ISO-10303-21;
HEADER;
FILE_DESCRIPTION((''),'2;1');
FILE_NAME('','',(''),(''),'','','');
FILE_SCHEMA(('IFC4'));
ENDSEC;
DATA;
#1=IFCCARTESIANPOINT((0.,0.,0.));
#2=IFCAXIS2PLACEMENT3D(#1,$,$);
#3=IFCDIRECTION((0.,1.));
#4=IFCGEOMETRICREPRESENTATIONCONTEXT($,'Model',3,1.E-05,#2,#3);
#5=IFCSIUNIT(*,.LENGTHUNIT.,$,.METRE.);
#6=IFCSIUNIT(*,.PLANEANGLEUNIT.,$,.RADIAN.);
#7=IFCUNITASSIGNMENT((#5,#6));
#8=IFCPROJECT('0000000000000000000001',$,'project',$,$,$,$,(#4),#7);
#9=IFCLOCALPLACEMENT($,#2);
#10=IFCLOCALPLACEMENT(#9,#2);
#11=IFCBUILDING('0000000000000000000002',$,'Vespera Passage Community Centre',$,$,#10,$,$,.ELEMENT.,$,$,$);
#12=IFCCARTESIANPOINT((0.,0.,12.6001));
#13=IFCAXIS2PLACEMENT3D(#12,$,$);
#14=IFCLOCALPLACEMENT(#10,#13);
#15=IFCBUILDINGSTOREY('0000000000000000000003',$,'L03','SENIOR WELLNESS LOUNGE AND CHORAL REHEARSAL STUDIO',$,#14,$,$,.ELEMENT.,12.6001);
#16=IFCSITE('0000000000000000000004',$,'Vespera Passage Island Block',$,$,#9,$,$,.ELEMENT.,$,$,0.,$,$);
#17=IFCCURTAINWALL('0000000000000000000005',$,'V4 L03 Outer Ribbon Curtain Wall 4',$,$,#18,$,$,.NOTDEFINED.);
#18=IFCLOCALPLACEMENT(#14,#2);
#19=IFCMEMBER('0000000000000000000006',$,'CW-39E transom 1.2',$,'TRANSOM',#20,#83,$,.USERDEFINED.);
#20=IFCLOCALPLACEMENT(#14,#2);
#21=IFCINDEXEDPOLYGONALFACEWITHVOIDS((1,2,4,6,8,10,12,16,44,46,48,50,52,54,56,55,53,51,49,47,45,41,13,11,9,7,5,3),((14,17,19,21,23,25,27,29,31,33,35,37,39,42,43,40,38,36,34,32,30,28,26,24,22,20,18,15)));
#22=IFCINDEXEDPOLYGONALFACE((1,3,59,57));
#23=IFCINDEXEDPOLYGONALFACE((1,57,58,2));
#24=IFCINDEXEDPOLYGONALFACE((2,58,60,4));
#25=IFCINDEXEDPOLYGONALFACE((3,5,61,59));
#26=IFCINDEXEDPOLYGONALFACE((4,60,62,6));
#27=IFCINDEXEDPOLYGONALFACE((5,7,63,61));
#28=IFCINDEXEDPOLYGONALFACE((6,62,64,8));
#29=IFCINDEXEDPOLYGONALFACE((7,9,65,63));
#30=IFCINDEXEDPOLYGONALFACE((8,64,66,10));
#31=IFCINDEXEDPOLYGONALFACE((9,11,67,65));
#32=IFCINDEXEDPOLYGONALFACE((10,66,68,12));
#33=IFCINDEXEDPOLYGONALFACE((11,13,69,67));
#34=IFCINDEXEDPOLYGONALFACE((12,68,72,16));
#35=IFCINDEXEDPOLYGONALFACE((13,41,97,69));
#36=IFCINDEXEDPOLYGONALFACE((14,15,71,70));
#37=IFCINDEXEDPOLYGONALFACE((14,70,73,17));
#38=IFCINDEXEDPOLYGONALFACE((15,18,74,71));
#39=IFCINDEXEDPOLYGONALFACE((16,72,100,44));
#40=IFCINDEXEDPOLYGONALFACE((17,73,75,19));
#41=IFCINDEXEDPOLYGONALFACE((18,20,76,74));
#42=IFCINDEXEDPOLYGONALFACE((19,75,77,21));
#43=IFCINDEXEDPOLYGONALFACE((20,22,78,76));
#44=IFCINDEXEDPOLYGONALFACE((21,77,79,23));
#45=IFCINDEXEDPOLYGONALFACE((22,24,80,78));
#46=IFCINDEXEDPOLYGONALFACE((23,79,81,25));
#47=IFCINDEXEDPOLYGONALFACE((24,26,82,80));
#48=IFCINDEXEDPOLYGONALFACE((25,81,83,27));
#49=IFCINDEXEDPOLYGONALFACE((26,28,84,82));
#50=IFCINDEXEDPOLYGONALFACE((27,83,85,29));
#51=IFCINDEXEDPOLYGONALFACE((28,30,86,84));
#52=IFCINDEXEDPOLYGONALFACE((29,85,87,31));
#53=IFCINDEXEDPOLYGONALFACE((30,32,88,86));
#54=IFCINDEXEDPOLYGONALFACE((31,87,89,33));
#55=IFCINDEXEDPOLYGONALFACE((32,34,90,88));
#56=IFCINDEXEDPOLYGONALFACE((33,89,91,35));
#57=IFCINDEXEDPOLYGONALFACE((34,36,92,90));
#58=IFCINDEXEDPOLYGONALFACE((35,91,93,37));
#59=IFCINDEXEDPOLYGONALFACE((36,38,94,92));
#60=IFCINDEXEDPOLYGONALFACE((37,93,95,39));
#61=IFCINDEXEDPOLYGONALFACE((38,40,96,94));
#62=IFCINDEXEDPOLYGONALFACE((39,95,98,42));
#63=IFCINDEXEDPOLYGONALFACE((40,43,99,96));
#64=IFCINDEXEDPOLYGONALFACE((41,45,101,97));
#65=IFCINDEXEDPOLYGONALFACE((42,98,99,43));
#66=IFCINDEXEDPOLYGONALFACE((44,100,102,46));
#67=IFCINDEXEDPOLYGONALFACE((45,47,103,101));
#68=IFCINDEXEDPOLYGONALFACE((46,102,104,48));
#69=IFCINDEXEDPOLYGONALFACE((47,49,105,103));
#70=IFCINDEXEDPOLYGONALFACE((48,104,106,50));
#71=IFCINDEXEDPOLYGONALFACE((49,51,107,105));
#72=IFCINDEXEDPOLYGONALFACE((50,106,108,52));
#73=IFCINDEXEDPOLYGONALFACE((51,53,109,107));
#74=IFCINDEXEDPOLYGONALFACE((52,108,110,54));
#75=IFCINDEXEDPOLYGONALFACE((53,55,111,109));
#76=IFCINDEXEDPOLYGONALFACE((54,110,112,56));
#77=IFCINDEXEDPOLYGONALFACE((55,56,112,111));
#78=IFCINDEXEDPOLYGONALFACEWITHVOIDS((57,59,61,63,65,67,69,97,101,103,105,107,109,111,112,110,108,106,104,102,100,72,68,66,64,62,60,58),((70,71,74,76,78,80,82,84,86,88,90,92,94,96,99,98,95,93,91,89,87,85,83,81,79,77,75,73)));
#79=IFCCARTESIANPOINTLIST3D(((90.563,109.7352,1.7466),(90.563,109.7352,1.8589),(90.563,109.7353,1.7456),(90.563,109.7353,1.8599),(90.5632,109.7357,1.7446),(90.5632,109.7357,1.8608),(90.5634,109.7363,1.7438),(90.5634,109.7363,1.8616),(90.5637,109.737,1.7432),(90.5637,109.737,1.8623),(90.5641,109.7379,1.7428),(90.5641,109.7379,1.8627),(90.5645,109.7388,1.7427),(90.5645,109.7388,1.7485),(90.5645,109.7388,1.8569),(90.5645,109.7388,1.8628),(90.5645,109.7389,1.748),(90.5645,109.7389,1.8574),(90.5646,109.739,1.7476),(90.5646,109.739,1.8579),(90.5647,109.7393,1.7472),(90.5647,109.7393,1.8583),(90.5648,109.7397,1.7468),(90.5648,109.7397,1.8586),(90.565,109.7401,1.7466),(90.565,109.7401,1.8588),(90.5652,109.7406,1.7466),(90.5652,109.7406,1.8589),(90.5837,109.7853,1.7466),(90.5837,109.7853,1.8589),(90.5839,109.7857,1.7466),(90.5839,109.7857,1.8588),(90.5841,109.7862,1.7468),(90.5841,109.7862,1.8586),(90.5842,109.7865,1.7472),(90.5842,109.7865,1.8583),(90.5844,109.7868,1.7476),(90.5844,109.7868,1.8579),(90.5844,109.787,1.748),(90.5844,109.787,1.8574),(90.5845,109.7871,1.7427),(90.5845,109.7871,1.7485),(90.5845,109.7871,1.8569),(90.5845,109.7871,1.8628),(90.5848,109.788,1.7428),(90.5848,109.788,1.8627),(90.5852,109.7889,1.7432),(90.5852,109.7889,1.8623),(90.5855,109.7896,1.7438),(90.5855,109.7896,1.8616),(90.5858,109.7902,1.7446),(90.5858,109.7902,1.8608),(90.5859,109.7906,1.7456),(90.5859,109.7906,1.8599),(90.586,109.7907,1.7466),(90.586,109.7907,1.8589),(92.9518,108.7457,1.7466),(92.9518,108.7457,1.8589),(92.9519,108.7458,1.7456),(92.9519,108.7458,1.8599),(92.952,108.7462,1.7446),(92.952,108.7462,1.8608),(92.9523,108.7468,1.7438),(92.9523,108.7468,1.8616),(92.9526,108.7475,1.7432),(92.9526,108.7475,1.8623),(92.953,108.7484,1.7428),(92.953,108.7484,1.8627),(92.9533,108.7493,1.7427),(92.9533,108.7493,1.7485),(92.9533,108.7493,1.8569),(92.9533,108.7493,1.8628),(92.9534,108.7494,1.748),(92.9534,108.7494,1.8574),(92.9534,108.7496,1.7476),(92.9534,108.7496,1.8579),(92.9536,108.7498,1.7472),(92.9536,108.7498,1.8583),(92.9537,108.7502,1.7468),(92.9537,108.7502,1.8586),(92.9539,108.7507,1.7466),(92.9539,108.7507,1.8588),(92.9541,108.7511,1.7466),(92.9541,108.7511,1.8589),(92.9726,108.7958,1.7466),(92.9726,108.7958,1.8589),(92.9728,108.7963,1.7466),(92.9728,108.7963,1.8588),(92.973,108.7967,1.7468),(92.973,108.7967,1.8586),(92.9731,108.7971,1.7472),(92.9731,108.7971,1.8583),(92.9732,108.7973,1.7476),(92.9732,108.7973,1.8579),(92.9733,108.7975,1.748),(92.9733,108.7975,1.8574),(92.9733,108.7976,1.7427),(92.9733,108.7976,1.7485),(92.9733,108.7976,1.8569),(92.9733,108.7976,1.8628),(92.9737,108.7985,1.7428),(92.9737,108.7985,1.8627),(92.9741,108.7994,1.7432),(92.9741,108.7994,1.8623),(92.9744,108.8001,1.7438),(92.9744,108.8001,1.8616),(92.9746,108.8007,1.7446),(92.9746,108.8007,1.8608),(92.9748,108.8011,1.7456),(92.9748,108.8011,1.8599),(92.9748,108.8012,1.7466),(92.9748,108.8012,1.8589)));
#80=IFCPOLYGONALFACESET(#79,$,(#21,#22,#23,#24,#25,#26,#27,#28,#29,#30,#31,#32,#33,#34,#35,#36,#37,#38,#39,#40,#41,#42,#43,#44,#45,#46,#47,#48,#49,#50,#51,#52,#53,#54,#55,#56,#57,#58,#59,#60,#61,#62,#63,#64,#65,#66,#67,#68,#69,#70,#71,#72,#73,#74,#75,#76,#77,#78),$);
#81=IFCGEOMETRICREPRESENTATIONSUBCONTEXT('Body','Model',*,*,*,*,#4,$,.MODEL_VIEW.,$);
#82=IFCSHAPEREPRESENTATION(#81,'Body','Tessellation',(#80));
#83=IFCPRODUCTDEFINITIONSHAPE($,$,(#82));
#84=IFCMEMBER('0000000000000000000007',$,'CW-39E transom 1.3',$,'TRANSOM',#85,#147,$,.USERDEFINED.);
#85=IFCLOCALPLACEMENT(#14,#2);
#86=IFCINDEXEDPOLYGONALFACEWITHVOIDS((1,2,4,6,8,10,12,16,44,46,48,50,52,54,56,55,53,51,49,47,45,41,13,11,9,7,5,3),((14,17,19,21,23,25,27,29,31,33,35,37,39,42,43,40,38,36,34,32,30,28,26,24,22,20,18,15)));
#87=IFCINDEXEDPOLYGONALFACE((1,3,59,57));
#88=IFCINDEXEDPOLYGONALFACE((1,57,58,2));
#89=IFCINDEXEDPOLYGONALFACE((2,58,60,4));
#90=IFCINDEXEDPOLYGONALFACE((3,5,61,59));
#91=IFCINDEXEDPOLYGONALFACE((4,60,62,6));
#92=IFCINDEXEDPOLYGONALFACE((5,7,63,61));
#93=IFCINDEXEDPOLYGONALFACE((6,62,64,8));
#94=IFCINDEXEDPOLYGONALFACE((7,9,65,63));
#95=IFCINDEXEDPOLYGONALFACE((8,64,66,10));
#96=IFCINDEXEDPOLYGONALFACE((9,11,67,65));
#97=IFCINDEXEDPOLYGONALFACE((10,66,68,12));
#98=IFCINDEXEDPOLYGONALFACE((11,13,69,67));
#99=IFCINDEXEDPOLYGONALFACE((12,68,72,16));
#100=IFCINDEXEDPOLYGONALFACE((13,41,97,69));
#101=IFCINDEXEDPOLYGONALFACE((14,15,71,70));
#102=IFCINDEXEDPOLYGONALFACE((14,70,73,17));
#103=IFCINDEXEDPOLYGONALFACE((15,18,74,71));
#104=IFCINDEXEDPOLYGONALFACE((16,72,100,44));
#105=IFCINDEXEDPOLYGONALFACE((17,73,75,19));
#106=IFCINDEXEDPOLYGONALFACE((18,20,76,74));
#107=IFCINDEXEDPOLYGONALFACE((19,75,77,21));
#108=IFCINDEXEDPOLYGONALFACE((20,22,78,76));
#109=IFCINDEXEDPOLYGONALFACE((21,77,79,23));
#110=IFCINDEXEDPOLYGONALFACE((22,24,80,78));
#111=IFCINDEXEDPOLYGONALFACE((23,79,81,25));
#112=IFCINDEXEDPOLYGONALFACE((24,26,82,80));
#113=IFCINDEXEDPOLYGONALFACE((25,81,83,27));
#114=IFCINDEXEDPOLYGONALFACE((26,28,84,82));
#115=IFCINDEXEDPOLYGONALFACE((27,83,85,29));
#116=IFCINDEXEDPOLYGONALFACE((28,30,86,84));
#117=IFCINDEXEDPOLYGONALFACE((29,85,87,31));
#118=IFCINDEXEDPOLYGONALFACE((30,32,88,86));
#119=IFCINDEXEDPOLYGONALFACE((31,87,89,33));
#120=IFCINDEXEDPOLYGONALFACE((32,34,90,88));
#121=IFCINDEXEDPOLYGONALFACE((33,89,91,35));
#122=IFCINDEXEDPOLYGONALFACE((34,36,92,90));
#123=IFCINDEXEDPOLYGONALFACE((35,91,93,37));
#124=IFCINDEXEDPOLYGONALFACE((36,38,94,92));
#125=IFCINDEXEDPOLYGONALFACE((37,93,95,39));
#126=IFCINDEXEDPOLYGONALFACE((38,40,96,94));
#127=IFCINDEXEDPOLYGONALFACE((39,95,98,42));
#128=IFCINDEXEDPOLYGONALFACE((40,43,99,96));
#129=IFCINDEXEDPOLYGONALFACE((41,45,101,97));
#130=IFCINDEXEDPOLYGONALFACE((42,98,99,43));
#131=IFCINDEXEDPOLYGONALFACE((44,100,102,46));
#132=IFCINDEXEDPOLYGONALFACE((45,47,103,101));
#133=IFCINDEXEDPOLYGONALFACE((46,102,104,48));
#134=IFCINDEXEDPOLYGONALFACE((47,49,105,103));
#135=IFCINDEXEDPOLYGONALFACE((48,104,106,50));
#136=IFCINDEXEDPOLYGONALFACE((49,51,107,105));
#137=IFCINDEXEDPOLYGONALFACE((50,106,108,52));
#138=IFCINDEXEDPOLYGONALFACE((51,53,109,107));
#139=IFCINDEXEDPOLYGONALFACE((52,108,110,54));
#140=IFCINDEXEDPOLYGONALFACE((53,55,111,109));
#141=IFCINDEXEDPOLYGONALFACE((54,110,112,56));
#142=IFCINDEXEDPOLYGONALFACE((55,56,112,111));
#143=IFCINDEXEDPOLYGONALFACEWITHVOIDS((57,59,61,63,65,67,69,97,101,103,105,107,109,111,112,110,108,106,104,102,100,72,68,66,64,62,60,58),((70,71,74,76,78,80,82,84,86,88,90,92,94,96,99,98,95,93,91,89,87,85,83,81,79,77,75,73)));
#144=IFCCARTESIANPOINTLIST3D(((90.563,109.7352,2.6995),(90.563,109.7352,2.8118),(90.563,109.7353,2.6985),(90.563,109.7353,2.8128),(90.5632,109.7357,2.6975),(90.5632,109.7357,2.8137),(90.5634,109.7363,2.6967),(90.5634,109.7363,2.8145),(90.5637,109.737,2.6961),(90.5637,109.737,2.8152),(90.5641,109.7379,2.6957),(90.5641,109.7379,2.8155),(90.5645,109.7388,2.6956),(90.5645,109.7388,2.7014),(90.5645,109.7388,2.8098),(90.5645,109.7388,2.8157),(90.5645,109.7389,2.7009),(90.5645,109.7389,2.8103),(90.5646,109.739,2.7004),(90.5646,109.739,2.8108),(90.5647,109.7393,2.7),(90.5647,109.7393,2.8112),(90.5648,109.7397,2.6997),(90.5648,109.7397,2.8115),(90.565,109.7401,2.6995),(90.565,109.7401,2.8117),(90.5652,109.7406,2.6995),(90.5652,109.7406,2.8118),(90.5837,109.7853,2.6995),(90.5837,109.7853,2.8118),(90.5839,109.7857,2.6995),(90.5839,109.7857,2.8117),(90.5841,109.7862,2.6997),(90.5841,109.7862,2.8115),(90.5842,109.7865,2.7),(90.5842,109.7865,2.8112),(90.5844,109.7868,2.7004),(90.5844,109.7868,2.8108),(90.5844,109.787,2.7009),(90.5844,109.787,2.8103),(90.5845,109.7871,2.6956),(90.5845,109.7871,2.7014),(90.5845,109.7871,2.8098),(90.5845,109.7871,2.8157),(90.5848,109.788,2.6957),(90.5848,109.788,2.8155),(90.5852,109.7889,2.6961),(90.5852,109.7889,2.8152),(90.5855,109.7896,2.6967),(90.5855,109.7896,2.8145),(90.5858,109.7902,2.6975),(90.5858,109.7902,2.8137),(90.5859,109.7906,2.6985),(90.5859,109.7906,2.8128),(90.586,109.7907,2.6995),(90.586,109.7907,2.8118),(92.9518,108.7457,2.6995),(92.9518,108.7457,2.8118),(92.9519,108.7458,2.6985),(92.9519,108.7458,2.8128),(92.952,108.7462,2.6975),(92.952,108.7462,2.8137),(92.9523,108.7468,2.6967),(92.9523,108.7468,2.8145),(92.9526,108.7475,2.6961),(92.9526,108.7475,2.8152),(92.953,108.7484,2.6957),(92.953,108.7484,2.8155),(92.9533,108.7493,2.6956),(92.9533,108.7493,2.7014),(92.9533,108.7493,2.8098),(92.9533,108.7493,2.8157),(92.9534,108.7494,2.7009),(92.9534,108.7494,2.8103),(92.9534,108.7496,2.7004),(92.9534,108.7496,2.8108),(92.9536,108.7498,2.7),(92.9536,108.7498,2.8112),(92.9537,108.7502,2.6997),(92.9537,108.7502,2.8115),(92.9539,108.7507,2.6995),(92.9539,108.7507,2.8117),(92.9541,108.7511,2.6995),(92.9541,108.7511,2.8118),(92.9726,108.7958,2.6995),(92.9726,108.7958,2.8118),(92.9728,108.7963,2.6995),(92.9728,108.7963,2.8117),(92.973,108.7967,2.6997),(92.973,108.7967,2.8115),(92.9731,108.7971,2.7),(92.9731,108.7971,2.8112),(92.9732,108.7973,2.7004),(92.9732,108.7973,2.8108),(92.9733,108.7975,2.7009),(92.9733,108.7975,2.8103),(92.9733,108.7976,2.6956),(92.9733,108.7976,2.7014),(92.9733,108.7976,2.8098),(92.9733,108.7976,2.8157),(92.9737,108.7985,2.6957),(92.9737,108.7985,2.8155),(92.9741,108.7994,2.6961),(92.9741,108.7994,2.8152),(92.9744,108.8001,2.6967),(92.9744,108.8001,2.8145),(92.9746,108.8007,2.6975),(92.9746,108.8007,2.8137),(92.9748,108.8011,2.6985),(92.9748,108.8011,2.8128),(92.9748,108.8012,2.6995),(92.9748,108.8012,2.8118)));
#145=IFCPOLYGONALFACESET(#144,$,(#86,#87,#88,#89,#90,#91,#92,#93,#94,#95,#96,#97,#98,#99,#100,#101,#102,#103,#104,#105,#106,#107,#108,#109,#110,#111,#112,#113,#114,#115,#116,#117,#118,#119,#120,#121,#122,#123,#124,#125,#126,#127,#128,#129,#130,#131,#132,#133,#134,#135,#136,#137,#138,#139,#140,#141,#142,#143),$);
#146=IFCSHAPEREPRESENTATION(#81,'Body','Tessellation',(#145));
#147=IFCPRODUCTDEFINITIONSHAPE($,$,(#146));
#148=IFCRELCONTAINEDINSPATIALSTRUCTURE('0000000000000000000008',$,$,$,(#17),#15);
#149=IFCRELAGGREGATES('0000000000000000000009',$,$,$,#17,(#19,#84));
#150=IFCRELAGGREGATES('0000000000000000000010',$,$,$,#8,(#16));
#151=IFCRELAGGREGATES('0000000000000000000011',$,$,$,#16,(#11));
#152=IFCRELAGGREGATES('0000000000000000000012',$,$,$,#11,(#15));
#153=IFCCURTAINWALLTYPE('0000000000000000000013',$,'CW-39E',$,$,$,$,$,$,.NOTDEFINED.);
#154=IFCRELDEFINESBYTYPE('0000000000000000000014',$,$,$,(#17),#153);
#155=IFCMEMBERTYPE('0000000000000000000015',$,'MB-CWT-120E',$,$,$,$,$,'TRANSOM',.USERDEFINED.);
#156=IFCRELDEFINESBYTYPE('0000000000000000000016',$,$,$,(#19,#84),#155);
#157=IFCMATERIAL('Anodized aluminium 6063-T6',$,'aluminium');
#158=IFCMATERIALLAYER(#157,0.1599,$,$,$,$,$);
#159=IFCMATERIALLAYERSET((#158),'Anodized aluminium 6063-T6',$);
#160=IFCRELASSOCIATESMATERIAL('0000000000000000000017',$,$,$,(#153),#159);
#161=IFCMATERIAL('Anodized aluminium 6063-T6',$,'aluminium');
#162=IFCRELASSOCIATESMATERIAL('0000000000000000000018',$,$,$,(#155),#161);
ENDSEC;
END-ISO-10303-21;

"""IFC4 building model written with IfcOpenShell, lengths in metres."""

from ifc_helpers import new_model, si_unit, direction, frame, origin, origin_2d, place, context, subcontext, project, spatial, hollow_rectangle, extrude, material, layer, layer_set, material_profile, profile_set, type_object, element, aggregate, save


model = new_model("IFC4")

# Units and contexts
model_context = context("Model", 3, precision=1e-05, world=origin(), true_north=direction((0.0, 1.0)))
body_context = subcontext(model_context, "Body", "Model", "MODEL_VIEW")
ifc_project = project(units=[si_unit("LENGTHUNIT", "METRE"), si_unit("PLANEANGLEUNIT", "RADIAN")], contexts=[model_context])

# Site, building, storey
site_placement = place(None, origin())
site = spatial("IfcSite", under=ifc_project, at=site_placement, Name="Vespera Passage Island Block", CompositionType="ELEMENT", RefElevation=0.0)
building_placement = place(site_placement, origin())
building = spatial("IfcBuilding", under=site, at=building_placement, Name="Vespera Passage Community Centre", CompositionType="ELEMENT")
storey_placement = place(building_placement, frame((0.0, 0.0, 12.6001)))
storey = spatial("IfcBuildingStorey", under=building, at=storey_placement, Name="L03", Description="SENIOR WELLNESS LOUNGE AND CHORAL REHEARSAL STUDIO", CompositionType="ELEMENT", Elevation=12.6001)

# Curtain wall
ifc_material_1 = material(Name="Anodized aluminium 6063-T6", Category="aluminium")
ifc_layer_1 = layer(ifc_material_1, 0.1599)
ifc_layer_set_1 = layer_set([ifc_layer_1], Name="Anodized aluminium 6063-T6")
curtain_wall_type_1 = type_object("IfcCurtainWallType", Name="CW-39E", PredefinedType="NOTDEFINED", material=ifc_layer_set_1)
curtain_wall_1_placement = place(storey_placement, origin())
curtain_wall_1 = element("IfcCurtainWall", 1, at=curtain_wall_1_placement, inside=storey, type_object=curtain_wall_type_1, Name="V4 L03 Outer Ribbon Curtain Wall 4", PredefinedType="NOTDEFINED")

# Members
ifc_material_2 = material(Name="Anodized aluminium 6063-T6", Category="aluminium")
ifc_material_profile_1 = material_profile(ifc_material_2, hollow_rectangle(XDim=0.0601, YDim=0.1201, WallThickness=0.0039, InnerFilletRadius=0.002, OuterFilletRadius=0.0039, at=origin_2d()), Name="ALU120X60X4")
ifc_profile_set_1 = profile_set([ifc_material_profile_1], Name="Anodized aluminium 6063-T6")
member_type_1 = type_object("IfcMemberType", Name="MB-CWT-120E", ElementType="TRANSOM", PredefinedType="USERDEFINED", material=ifc_profile_set_1)
member_1_placement = place(storey_placement, frame((90.5745, 109.7629, 1.8027), z_axis=(0.923882, -0.382677, 0.0), x_axis=(0.382677, 0.923882, 0.0)))
member_1 = element("IfcMember", 2, at=member_1_placement, type_object=member_type_1, Name="CW-39E transom 1.2", ObjectType="TRANSOM", PredefinedType="USERDEFINED", context=body_context, shape_type="SweptSolid", body=[
    extrude(hollow_rectangle(XDim=0.0601, YDim=0.1201, WallThickness=0.0039, InnerFilletRadius=0.002, OuterFilletRadius=0.0039, at=origin_2d()), origin(), (0.0, 0.0, 1.0), 2.5857),
])
member_2_placement = place(storey_placement, frame((90.5745, 109.7629, 2.7556), z_axis=(0.923882, -0.382677, 0.0), x_axis=(0.382677, 0.923882, 0.0)))
member_2 = element("IfcMember", 3, at=member_2_placement, type_object=member_type_1, Name="CW-39E transom 1.3", ObjectType="TRANSOM", PredefinedType="USERDEFINED", context=body_context, shape_type="SweptSolid", body=[
    extrude(hollow_rectangle(XDim=0.0601, YDim=0.1201, WallThickness=0.0039, InnerFilletRadius=0.002, OuterFilletRadius=0.0039, at=origin_2d()), origin(), (0.0, 0.0, 1.0), 2.5857),
])

aggregate(curtain_wall_1, [member_1, member_2])

save(model, "model.ifc")
